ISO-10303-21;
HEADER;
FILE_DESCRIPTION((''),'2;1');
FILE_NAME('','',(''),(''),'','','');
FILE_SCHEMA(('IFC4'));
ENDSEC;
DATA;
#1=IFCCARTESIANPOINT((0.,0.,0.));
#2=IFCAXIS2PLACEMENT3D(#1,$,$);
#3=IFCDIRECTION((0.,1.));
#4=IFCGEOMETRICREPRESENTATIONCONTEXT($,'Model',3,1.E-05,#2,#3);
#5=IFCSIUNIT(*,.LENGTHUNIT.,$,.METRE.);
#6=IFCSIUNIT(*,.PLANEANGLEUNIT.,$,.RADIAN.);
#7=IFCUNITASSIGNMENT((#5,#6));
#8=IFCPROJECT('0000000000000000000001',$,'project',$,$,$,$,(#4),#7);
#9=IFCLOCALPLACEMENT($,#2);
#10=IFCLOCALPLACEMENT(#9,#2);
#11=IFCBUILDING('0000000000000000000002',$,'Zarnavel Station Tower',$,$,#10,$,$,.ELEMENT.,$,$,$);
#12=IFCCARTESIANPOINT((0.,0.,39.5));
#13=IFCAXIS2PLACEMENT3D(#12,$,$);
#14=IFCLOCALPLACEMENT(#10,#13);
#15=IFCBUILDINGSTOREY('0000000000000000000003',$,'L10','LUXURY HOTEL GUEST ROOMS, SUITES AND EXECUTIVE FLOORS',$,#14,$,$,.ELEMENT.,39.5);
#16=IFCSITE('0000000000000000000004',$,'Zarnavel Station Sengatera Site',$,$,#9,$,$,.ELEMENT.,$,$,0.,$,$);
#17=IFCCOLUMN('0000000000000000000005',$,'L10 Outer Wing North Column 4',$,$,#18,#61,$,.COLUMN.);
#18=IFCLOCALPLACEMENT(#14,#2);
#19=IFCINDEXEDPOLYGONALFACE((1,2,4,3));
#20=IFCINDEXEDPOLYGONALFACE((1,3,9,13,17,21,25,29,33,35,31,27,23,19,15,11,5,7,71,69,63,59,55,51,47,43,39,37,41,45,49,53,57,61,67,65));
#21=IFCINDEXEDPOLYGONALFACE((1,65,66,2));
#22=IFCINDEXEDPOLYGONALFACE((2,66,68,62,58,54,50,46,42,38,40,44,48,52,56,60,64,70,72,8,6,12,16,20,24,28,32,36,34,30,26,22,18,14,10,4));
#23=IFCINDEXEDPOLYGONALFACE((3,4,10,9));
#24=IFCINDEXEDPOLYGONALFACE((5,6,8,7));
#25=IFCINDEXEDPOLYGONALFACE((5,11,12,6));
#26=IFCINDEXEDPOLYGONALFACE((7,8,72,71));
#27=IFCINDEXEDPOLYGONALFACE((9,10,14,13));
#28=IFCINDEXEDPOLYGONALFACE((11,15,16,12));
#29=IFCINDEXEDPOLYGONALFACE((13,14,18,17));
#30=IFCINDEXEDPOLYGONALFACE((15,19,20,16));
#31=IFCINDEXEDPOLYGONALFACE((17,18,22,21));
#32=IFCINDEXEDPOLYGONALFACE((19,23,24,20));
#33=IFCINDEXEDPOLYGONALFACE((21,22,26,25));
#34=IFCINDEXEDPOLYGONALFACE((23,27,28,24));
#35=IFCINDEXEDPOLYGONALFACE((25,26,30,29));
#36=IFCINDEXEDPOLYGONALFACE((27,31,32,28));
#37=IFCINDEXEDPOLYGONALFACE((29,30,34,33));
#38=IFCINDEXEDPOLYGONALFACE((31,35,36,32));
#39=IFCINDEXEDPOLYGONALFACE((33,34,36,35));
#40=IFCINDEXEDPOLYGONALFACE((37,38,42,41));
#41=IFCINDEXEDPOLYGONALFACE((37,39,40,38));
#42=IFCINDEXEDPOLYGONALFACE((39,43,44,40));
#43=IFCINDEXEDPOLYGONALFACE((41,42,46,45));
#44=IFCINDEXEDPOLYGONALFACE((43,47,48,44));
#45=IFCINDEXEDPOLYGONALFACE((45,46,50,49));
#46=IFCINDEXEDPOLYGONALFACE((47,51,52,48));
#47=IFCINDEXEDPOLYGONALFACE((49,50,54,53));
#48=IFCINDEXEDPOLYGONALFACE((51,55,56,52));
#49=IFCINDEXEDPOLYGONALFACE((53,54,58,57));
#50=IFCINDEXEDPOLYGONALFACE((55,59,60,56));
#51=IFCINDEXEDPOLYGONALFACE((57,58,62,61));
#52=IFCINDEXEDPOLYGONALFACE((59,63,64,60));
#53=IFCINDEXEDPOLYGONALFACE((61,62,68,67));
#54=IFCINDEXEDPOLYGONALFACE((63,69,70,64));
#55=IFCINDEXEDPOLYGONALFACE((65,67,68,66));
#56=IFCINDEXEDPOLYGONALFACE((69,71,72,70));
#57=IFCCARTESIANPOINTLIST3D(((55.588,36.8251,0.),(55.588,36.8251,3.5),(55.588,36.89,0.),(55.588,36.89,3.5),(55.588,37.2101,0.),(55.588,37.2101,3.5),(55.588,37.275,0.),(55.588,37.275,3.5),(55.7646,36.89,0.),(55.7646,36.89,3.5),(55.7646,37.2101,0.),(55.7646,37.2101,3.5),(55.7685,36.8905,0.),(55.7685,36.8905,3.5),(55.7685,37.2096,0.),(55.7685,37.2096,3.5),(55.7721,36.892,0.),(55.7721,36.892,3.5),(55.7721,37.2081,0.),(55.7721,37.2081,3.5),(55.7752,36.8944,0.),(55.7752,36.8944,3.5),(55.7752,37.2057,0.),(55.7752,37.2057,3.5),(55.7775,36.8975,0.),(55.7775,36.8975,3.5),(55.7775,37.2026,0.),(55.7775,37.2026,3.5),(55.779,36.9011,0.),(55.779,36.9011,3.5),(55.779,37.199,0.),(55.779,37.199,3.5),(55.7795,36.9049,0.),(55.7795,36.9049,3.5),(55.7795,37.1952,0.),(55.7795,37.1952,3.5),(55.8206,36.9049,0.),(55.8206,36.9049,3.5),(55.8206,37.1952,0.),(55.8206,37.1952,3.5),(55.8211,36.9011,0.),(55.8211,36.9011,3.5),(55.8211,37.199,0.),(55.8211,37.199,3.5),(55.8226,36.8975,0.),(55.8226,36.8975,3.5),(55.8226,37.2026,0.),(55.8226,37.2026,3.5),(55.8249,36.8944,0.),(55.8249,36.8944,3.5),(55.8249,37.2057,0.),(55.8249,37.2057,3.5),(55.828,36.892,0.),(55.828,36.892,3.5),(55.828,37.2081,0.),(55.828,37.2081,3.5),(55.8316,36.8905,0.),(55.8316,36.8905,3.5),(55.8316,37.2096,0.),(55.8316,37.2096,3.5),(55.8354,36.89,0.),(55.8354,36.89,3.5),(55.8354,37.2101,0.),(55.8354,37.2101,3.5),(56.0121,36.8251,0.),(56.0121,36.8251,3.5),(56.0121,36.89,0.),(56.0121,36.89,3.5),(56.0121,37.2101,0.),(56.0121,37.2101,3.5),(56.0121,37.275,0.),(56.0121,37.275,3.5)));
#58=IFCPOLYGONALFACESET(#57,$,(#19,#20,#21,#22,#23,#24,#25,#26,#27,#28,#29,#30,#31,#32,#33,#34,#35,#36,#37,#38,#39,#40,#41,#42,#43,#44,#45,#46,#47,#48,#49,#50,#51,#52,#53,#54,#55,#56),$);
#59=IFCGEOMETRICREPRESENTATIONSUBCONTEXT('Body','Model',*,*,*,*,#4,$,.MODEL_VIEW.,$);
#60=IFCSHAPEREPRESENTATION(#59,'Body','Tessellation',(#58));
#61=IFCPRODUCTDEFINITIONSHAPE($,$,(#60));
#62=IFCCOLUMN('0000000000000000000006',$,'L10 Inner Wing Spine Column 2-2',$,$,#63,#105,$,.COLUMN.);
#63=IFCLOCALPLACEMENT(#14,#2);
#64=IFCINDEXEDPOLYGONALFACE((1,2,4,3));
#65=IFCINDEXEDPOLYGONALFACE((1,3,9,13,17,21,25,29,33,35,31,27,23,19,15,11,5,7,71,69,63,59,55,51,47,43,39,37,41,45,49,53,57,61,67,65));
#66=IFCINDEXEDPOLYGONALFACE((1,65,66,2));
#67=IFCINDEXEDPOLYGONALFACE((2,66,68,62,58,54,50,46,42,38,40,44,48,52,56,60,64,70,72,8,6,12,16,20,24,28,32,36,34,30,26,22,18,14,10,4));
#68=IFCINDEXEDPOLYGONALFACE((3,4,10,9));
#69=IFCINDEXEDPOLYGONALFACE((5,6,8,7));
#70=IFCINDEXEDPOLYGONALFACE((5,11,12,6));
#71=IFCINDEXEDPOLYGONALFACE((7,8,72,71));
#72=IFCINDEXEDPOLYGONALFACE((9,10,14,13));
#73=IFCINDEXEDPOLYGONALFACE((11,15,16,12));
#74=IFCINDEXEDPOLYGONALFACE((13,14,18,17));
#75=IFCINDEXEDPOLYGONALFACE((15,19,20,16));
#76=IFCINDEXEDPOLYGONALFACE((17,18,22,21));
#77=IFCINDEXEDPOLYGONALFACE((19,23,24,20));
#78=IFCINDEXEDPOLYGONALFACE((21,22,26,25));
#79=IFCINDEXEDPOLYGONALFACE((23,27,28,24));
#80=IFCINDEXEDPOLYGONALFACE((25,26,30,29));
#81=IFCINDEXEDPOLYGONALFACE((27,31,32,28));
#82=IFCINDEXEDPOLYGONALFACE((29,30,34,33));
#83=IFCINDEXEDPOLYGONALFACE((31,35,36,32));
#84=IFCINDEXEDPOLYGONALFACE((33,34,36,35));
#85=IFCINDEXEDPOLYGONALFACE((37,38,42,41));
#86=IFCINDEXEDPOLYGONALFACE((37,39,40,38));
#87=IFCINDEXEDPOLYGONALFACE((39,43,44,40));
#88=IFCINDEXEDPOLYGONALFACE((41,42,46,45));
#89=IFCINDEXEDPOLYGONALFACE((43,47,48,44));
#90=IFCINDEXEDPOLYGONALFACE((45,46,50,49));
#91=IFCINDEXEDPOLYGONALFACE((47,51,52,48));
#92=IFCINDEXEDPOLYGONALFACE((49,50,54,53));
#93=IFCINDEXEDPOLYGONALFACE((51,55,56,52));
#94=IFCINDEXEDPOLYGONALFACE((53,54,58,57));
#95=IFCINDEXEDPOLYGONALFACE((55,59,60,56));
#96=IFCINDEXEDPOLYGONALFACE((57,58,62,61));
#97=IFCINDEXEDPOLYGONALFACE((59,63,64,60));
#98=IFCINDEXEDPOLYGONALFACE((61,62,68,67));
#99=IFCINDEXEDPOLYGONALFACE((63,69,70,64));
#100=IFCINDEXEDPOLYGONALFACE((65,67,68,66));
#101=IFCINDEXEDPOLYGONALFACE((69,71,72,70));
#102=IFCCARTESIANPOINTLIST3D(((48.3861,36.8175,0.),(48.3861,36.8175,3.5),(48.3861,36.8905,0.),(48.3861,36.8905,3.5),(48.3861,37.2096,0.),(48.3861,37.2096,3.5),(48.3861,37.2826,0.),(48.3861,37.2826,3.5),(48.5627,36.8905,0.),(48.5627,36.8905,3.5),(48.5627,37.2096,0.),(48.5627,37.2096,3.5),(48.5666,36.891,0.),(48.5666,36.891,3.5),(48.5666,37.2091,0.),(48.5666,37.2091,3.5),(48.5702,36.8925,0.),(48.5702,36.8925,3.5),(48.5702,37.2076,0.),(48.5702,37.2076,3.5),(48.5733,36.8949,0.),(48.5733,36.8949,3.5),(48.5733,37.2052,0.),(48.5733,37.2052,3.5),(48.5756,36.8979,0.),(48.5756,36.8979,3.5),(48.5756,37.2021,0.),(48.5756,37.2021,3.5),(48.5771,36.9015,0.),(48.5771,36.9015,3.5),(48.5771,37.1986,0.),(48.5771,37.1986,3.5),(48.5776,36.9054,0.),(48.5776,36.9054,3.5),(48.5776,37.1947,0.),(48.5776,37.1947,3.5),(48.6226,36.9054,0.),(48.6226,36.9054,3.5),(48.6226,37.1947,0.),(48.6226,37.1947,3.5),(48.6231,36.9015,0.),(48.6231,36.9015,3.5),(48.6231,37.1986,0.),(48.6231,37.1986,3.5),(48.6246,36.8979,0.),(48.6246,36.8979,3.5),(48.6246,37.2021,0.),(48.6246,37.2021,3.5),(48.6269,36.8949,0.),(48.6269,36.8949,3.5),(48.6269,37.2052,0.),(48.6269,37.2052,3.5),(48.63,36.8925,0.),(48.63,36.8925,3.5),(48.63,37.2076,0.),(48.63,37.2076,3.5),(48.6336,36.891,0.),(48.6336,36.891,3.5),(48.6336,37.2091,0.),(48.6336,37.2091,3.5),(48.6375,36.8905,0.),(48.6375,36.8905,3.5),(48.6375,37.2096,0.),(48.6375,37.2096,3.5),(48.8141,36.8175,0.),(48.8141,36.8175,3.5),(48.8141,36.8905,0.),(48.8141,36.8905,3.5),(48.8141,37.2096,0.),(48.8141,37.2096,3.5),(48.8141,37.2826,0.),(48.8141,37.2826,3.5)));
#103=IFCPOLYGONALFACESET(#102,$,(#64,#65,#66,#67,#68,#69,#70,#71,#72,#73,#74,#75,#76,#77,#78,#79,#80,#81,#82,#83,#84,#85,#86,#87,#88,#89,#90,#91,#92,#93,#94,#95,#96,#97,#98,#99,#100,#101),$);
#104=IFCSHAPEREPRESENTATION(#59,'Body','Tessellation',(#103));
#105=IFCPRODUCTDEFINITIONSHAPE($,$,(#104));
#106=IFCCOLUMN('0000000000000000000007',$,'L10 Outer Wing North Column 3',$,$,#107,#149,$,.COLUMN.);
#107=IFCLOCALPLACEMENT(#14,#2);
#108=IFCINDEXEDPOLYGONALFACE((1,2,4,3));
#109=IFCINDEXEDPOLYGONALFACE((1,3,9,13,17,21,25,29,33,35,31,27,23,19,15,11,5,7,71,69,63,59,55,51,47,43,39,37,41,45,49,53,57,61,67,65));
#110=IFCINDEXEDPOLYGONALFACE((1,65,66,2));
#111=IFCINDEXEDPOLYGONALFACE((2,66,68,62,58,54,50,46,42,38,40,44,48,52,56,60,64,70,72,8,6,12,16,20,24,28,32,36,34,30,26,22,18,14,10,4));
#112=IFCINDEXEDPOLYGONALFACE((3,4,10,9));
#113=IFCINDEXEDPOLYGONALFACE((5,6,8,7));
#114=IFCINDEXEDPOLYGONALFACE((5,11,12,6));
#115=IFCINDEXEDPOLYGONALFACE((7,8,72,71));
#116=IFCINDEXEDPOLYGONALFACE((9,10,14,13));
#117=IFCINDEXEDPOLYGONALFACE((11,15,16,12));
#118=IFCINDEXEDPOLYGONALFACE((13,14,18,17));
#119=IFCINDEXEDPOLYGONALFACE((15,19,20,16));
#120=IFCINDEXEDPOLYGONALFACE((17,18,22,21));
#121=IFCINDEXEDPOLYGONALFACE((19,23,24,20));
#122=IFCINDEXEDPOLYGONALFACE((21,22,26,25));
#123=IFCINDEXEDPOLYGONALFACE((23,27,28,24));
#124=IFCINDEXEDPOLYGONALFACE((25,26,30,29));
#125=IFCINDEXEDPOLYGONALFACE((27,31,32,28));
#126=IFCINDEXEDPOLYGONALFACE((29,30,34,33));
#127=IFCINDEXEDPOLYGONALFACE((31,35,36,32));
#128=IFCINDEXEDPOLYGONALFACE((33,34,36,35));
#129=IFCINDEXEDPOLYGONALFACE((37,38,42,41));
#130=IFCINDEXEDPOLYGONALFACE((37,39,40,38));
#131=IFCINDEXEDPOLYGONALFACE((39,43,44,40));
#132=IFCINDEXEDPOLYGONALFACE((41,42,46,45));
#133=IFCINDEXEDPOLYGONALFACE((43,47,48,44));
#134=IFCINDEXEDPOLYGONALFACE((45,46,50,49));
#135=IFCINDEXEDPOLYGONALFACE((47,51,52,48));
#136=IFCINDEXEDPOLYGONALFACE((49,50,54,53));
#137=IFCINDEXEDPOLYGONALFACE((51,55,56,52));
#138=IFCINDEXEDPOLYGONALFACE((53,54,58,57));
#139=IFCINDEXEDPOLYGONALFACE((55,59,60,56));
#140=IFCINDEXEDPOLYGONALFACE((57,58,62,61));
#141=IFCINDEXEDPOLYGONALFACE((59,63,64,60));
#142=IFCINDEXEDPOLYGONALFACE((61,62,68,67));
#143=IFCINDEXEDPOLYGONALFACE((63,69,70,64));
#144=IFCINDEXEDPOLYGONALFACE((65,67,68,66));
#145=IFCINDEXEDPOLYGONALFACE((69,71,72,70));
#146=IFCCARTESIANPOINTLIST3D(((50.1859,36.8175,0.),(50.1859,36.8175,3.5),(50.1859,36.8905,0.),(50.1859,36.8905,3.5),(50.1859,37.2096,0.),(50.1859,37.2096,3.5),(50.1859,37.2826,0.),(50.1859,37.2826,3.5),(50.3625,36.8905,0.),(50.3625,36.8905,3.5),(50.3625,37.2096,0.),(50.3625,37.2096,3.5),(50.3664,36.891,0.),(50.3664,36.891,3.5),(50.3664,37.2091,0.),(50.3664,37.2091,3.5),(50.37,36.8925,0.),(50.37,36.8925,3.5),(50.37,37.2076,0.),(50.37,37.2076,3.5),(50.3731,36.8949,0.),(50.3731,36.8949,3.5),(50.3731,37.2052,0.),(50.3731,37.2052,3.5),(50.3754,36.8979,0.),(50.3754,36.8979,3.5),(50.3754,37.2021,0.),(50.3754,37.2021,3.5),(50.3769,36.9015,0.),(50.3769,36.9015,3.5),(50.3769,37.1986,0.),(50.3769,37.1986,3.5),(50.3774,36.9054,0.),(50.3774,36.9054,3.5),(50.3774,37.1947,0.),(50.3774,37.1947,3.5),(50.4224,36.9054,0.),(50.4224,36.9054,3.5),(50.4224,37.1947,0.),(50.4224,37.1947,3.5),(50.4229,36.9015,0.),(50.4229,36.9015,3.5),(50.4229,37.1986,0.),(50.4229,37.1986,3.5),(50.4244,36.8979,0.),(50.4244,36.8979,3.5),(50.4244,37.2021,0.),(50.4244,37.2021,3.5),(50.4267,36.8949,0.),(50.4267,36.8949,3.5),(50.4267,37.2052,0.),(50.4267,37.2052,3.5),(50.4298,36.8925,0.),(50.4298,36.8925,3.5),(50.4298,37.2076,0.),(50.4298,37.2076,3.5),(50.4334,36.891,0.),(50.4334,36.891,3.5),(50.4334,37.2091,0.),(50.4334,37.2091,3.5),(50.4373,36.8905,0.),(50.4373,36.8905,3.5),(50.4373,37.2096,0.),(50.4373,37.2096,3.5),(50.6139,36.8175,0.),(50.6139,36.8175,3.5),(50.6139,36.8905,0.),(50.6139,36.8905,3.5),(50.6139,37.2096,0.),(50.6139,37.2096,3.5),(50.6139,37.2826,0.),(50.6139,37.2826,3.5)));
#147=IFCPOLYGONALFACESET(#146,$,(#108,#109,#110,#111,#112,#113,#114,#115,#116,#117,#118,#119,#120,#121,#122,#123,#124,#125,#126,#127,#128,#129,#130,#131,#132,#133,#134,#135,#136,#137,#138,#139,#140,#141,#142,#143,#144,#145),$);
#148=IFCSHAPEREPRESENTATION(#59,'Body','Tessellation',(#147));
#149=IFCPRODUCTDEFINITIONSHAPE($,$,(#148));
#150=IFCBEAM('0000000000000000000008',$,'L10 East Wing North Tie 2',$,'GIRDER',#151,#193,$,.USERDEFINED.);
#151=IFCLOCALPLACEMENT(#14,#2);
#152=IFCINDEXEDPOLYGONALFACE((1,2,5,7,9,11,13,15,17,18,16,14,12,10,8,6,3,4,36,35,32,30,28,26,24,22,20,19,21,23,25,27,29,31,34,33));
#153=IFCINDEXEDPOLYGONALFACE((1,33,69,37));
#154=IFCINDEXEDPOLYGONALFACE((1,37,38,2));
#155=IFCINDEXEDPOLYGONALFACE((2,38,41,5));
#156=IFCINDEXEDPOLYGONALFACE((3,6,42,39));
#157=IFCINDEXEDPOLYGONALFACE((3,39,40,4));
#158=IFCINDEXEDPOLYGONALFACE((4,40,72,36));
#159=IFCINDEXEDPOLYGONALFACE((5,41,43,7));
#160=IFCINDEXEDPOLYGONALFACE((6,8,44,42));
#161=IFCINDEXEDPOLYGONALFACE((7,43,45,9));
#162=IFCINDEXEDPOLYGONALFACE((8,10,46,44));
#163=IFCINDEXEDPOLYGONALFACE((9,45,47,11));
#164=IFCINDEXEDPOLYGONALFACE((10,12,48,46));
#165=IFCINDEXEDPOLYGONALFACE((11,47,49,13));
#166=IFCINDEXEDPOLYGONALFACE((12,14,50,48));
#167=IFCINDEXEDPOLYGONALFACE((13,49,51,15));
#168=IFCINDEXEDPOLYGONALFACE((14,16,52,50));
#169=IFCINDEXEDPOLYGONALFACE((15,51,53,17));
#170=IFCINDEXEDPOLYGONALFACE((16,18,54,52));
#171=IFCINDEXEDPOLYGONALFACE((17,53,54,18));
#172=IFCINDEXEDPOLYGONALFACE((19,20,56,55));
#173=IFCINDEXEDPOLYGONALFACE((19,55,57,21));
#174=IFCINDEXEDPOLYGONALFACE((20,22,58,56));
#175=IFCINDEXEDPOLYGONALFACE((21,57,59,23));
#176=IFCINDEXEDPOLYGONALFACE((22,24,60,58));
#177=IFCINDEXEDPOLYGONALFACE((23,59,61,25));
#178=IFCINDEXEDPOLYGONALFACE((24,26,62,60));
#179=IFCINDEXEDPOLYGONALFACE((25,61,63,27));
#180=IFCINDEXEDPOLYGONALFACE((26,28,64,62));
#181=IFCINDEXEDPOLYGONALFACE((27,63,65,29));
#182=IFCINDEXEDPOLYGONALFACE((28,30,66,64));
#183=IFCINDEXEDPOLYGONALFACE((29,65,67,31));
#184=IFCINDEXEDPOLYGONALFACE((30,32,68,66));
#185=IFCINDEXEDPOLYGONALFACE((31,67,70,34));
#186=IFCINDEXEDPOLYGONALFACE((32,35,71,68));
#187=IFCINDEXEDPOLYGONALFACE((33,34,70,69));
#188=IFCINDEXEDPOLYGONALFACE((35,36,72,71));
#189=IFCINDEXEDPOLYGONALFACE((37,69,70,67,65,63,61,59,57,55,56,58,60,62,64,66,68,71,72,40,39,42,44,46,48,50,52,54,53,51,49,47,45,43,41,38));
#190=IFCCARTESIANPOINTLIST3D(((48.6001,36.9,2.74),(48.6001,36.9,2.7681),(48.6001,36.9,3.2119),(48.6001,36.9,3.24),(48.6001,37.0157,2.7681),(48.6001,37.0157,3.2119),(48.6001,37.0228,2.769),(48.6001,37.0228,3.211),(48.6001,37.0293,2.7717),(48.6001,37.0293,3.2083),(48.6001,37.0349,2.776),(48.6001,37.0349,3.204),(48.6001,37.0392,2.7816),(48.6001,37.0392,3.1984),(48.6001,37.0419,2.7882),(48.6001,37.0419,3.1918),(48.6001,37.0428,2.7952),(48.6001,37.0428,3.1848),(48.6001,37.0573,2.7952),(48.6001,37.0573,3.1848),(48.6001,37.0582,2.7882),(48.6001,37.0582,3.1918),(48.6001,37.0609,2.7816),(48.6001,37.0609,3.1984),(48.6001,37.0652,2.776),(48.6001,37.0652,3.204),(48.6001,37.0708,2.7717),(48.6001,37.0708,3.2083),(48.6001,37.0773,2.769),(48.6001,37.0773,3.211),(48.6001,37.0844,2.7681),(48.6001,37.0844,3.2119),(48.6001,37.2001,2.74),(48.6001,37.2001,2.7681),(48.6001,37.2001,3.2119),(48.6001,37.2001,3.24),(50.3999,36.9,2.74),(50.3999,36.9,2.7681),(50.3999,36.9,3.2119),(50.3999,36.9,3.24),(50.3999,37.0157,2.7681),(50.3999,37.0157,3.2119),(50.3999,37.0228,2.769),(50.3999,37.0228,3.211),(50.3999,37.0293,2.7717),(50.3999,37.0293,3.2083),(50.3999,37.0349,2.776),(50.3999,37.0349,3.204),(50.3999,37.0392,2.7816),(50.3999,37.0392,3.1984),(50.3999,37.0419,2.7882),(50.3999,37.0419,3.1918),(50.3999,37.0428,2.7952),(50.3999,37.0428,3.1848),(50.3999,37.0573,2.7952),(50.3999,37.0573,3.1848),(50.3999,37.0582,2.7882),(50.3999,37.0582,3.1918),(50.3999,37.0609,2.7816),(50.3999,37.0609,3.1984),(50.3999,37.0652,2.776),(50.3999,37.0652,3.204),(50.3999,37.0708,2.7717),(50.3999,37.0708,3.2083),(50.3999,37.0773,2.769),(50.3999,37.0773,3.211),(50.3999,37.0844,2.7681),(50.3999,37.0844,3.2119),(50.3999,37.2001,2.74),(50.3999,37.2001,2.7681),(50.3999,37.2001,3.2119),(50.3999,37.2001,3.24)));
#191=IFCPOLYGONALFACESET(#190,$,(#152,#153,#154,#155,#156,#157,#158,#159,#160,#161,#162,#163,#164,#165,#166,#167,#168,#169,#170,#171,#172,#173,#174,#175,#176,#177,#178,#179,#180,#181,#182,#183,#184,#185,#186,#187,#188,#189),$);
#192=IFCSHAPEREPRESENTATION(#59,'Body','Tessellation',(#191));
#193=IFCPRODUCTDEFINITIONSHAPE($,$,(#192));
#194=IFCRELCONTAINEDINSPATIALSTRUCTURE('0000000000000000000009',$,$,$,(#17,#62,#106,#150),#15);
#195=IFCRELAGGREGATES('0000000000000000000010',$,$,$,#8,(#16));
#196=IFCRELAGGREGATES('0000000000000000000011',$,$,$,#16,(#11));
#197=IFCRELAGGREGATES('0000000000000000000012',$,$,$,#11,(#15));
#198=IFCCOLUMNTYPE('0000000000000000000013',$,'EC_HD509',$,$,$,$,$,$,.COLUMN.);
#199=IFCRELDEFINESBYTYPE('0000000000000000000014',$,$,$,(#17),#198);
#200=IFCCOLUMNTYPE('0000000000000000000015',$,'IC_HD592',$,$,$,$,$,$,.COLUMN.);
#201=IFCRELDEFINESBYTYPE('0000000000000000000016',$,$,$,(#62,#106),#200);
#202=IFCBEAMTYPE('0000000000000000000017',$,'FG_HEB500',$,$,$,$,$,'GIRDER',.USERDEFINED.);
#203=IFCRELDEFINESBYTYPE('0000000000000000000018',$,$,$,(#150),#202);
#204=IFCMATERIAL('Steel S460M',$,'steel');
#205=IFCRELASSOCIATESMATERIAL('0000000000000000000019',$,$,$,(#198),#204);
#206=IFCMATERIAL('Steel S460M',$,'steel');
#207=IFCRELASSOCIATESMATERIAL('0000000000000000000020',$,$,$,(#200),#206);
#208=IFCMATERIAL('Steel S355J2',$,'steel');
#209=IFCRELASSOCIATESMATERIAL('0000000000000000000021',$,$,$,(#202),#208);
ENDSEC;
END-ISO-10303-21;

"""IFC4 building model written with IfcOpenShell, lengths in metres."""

from ifc_helpers import new_model, si_unit, direction, frame, origin, origin_2d, place, context, subcontext, project, spatial, i_section, extrude, material, material_profile, profile_set, type_object, element, save


model = new_model("IFC4")

# Units and contexts
model_context = context("Model", 3, precision=1e-05, world=origin(), true_north=direction((0.0, 1.0)))
body_context = subcontext(model_context, "Body", "Model", "MODEL_VIEW")
ifc_project = project(units=[si_unit("LENGTHUNIT", "METRE"), si_unit("PLANEANGLEUNIT", "RADIAN")], contexts=[model_context])

# Site, building, storey
site_placement = place(None, origin())
site = spatial("IfcSite", under=ifc_project, at=site_placement, Name="Zarnavel Station Sengatera Site", CompositionType="ELEMENT", RefElevation=0.0)
building_placement = place(site_placement, origin())
building = spatial("IfcBuilding", under=site, at=building_placement, Name="Zarnavel Station Tower", CompositionType="ELEMENT")
storey_placement = place(building_placement, frame((0.0, 0.0, 39.5)))
storey = spatial("IfcBuildingStorey", under=building, at=storey_placement, Name="L10", Description="LUXURY HOTEL GUEST ROOMS, SUITES AND EXECUTIVE FLOORS", CompositionType="ELEMENT", Elevation=39.5)

# Columns
ifc_material_1 = material(Name="Steel S460M", Category="steel")
ifc_material_profile_1 = material_profile(ifc_material_1, i_section(OverallWidth=0.4241, OverallDepth=0.45, WebThickness=0.041, FlangeThickness=0.0649, FilletRadius=0.0149, at=origin_2d()), Name="HD400x509")
ifc_profile_set_1 = profile_set([ifc_material_profile_1], Name="Steel S460M")
column_type_1 = type_object("IfcColumnType", Name="EC_HD509", PredefinedType="COLUMN", material=ifc_profile_set_1)
column_placement = place(storey_placement, frame((55.8, 37.05, 0.0), z_axis=(0.0, 0.0, 1.0), x_axis=(1.0, 0.0, 0.0)))
element("IfcColumn", 1, at=column_placement, inside=storey, type_object=column_type_1, Name="L10 Outer Wing North Column 4", PredefinedType="COLUMN", context=body_context, shape_type="SweptSolid", body=[
    extrude(i_section(OverallWidth=0.4241, OverallDepth=0.45, WebThickness=0.041, FlangeThickness=0.0649, FilletRadius=0.0149, at=origin_2d()), origin(), (0.0, 0.0, 1.0), 3.5),
])
ifc_material_2 = material(Name="Steel S460M", Category="steel")
ifc_material_profile_2 = material_profile(ifc_material_2, i_section(OverallWidth=0.428, OverallDepth=0.4651, WebThickness=0.0449, FlangeThickness=0.073, FilletRadius=0.0149, at=origin_2d()), Name="HD400x592")
ifc_profile_set_2 = profile_set([ifc_material_profile_2], Name="Steel S460M")
column_type_2 = type_object("IfcColumnType", Name="IC_HD592", PredefinedType="COLUMN", material=ifc_profile_set_2)
for number, where, z_axis, x_axis, name in (
    (2, (48.6001, 37.05, 0.0), (0.0, 0.0, 1.0), (1.0, 0.0, 0.0), "L10 Inner Wing Spine Column 2-2"),
    (3, (50.3999, 37.05, 0.0), (0.0, 0.0, 1.0), (1.0, 0.0, 0.0), "L10 Outer Wing North Column 3"),
):
    element("IfcColumn", number, at=place(storey_placement, frame(where, z_axis=z_axis, x_axis=x_axis)), inside=storey, type_object=column_type_2, Name=name, PredefinedType="COLUMN", context=body_context, shape_type="SweptSolid", body=[
        extrude(i_section(OverallWidth=0.428, OverallDepth=0.4651, WebThickness=0.0449, FlangeThickness=0.073, FilletRadius=0.0149, at=origin_2d()), origin(), (0.0, 0.0, 1.0), 3.5),
    ])

# Beam
ifc_material_3 = material(Name="Steel S355J2", Category="steel")
ifc_material_profile_3 = material_profile(ifc_material_3, i_section(OverallWidth=0.3, OverallDepth=0.5, WebThickness=0.0144, FlangeThickness=0.0281, FilletRadius=0.0271, at=origin_2d()), Name="HEB500")
ifc_profile_set_3 = profile_set([ifc_material_profile_3], Name="Steel S355J2")
beam_type = type_object("IfcBeamType", Name="FG_HEB500", ElementType="GIRDER", PredefinedType="USERDEFINED", material=ifc_profile_set_3)
beam_1_placement = place(storey_placement, frame((48.6001, 37.05, 2.99), z_axis=(1.0, 0.0, 0.0), x_axis=(0.0, 1.0, 0.0)))
element("IfcBeam", 4, at=beam_1_placement, inside=storey, type_object=beam_type, Name="L10 East Wing North Tie 2", ObjectType="GIRDER", PredefinedType="USERDEFINED", context=body_context, shape_type="SweptSolid", body=[
    extrude(i_section(OverallWidth=0.3, OverallDepth=0.5, WebThickness=0.0144, FlangeThickness=0.0281, FilletRadius=0.0271, at=origin_2d()), origin(), (0.0, 0.0, 1.0), 1.7998),
])

save(model, "model.ifc")
